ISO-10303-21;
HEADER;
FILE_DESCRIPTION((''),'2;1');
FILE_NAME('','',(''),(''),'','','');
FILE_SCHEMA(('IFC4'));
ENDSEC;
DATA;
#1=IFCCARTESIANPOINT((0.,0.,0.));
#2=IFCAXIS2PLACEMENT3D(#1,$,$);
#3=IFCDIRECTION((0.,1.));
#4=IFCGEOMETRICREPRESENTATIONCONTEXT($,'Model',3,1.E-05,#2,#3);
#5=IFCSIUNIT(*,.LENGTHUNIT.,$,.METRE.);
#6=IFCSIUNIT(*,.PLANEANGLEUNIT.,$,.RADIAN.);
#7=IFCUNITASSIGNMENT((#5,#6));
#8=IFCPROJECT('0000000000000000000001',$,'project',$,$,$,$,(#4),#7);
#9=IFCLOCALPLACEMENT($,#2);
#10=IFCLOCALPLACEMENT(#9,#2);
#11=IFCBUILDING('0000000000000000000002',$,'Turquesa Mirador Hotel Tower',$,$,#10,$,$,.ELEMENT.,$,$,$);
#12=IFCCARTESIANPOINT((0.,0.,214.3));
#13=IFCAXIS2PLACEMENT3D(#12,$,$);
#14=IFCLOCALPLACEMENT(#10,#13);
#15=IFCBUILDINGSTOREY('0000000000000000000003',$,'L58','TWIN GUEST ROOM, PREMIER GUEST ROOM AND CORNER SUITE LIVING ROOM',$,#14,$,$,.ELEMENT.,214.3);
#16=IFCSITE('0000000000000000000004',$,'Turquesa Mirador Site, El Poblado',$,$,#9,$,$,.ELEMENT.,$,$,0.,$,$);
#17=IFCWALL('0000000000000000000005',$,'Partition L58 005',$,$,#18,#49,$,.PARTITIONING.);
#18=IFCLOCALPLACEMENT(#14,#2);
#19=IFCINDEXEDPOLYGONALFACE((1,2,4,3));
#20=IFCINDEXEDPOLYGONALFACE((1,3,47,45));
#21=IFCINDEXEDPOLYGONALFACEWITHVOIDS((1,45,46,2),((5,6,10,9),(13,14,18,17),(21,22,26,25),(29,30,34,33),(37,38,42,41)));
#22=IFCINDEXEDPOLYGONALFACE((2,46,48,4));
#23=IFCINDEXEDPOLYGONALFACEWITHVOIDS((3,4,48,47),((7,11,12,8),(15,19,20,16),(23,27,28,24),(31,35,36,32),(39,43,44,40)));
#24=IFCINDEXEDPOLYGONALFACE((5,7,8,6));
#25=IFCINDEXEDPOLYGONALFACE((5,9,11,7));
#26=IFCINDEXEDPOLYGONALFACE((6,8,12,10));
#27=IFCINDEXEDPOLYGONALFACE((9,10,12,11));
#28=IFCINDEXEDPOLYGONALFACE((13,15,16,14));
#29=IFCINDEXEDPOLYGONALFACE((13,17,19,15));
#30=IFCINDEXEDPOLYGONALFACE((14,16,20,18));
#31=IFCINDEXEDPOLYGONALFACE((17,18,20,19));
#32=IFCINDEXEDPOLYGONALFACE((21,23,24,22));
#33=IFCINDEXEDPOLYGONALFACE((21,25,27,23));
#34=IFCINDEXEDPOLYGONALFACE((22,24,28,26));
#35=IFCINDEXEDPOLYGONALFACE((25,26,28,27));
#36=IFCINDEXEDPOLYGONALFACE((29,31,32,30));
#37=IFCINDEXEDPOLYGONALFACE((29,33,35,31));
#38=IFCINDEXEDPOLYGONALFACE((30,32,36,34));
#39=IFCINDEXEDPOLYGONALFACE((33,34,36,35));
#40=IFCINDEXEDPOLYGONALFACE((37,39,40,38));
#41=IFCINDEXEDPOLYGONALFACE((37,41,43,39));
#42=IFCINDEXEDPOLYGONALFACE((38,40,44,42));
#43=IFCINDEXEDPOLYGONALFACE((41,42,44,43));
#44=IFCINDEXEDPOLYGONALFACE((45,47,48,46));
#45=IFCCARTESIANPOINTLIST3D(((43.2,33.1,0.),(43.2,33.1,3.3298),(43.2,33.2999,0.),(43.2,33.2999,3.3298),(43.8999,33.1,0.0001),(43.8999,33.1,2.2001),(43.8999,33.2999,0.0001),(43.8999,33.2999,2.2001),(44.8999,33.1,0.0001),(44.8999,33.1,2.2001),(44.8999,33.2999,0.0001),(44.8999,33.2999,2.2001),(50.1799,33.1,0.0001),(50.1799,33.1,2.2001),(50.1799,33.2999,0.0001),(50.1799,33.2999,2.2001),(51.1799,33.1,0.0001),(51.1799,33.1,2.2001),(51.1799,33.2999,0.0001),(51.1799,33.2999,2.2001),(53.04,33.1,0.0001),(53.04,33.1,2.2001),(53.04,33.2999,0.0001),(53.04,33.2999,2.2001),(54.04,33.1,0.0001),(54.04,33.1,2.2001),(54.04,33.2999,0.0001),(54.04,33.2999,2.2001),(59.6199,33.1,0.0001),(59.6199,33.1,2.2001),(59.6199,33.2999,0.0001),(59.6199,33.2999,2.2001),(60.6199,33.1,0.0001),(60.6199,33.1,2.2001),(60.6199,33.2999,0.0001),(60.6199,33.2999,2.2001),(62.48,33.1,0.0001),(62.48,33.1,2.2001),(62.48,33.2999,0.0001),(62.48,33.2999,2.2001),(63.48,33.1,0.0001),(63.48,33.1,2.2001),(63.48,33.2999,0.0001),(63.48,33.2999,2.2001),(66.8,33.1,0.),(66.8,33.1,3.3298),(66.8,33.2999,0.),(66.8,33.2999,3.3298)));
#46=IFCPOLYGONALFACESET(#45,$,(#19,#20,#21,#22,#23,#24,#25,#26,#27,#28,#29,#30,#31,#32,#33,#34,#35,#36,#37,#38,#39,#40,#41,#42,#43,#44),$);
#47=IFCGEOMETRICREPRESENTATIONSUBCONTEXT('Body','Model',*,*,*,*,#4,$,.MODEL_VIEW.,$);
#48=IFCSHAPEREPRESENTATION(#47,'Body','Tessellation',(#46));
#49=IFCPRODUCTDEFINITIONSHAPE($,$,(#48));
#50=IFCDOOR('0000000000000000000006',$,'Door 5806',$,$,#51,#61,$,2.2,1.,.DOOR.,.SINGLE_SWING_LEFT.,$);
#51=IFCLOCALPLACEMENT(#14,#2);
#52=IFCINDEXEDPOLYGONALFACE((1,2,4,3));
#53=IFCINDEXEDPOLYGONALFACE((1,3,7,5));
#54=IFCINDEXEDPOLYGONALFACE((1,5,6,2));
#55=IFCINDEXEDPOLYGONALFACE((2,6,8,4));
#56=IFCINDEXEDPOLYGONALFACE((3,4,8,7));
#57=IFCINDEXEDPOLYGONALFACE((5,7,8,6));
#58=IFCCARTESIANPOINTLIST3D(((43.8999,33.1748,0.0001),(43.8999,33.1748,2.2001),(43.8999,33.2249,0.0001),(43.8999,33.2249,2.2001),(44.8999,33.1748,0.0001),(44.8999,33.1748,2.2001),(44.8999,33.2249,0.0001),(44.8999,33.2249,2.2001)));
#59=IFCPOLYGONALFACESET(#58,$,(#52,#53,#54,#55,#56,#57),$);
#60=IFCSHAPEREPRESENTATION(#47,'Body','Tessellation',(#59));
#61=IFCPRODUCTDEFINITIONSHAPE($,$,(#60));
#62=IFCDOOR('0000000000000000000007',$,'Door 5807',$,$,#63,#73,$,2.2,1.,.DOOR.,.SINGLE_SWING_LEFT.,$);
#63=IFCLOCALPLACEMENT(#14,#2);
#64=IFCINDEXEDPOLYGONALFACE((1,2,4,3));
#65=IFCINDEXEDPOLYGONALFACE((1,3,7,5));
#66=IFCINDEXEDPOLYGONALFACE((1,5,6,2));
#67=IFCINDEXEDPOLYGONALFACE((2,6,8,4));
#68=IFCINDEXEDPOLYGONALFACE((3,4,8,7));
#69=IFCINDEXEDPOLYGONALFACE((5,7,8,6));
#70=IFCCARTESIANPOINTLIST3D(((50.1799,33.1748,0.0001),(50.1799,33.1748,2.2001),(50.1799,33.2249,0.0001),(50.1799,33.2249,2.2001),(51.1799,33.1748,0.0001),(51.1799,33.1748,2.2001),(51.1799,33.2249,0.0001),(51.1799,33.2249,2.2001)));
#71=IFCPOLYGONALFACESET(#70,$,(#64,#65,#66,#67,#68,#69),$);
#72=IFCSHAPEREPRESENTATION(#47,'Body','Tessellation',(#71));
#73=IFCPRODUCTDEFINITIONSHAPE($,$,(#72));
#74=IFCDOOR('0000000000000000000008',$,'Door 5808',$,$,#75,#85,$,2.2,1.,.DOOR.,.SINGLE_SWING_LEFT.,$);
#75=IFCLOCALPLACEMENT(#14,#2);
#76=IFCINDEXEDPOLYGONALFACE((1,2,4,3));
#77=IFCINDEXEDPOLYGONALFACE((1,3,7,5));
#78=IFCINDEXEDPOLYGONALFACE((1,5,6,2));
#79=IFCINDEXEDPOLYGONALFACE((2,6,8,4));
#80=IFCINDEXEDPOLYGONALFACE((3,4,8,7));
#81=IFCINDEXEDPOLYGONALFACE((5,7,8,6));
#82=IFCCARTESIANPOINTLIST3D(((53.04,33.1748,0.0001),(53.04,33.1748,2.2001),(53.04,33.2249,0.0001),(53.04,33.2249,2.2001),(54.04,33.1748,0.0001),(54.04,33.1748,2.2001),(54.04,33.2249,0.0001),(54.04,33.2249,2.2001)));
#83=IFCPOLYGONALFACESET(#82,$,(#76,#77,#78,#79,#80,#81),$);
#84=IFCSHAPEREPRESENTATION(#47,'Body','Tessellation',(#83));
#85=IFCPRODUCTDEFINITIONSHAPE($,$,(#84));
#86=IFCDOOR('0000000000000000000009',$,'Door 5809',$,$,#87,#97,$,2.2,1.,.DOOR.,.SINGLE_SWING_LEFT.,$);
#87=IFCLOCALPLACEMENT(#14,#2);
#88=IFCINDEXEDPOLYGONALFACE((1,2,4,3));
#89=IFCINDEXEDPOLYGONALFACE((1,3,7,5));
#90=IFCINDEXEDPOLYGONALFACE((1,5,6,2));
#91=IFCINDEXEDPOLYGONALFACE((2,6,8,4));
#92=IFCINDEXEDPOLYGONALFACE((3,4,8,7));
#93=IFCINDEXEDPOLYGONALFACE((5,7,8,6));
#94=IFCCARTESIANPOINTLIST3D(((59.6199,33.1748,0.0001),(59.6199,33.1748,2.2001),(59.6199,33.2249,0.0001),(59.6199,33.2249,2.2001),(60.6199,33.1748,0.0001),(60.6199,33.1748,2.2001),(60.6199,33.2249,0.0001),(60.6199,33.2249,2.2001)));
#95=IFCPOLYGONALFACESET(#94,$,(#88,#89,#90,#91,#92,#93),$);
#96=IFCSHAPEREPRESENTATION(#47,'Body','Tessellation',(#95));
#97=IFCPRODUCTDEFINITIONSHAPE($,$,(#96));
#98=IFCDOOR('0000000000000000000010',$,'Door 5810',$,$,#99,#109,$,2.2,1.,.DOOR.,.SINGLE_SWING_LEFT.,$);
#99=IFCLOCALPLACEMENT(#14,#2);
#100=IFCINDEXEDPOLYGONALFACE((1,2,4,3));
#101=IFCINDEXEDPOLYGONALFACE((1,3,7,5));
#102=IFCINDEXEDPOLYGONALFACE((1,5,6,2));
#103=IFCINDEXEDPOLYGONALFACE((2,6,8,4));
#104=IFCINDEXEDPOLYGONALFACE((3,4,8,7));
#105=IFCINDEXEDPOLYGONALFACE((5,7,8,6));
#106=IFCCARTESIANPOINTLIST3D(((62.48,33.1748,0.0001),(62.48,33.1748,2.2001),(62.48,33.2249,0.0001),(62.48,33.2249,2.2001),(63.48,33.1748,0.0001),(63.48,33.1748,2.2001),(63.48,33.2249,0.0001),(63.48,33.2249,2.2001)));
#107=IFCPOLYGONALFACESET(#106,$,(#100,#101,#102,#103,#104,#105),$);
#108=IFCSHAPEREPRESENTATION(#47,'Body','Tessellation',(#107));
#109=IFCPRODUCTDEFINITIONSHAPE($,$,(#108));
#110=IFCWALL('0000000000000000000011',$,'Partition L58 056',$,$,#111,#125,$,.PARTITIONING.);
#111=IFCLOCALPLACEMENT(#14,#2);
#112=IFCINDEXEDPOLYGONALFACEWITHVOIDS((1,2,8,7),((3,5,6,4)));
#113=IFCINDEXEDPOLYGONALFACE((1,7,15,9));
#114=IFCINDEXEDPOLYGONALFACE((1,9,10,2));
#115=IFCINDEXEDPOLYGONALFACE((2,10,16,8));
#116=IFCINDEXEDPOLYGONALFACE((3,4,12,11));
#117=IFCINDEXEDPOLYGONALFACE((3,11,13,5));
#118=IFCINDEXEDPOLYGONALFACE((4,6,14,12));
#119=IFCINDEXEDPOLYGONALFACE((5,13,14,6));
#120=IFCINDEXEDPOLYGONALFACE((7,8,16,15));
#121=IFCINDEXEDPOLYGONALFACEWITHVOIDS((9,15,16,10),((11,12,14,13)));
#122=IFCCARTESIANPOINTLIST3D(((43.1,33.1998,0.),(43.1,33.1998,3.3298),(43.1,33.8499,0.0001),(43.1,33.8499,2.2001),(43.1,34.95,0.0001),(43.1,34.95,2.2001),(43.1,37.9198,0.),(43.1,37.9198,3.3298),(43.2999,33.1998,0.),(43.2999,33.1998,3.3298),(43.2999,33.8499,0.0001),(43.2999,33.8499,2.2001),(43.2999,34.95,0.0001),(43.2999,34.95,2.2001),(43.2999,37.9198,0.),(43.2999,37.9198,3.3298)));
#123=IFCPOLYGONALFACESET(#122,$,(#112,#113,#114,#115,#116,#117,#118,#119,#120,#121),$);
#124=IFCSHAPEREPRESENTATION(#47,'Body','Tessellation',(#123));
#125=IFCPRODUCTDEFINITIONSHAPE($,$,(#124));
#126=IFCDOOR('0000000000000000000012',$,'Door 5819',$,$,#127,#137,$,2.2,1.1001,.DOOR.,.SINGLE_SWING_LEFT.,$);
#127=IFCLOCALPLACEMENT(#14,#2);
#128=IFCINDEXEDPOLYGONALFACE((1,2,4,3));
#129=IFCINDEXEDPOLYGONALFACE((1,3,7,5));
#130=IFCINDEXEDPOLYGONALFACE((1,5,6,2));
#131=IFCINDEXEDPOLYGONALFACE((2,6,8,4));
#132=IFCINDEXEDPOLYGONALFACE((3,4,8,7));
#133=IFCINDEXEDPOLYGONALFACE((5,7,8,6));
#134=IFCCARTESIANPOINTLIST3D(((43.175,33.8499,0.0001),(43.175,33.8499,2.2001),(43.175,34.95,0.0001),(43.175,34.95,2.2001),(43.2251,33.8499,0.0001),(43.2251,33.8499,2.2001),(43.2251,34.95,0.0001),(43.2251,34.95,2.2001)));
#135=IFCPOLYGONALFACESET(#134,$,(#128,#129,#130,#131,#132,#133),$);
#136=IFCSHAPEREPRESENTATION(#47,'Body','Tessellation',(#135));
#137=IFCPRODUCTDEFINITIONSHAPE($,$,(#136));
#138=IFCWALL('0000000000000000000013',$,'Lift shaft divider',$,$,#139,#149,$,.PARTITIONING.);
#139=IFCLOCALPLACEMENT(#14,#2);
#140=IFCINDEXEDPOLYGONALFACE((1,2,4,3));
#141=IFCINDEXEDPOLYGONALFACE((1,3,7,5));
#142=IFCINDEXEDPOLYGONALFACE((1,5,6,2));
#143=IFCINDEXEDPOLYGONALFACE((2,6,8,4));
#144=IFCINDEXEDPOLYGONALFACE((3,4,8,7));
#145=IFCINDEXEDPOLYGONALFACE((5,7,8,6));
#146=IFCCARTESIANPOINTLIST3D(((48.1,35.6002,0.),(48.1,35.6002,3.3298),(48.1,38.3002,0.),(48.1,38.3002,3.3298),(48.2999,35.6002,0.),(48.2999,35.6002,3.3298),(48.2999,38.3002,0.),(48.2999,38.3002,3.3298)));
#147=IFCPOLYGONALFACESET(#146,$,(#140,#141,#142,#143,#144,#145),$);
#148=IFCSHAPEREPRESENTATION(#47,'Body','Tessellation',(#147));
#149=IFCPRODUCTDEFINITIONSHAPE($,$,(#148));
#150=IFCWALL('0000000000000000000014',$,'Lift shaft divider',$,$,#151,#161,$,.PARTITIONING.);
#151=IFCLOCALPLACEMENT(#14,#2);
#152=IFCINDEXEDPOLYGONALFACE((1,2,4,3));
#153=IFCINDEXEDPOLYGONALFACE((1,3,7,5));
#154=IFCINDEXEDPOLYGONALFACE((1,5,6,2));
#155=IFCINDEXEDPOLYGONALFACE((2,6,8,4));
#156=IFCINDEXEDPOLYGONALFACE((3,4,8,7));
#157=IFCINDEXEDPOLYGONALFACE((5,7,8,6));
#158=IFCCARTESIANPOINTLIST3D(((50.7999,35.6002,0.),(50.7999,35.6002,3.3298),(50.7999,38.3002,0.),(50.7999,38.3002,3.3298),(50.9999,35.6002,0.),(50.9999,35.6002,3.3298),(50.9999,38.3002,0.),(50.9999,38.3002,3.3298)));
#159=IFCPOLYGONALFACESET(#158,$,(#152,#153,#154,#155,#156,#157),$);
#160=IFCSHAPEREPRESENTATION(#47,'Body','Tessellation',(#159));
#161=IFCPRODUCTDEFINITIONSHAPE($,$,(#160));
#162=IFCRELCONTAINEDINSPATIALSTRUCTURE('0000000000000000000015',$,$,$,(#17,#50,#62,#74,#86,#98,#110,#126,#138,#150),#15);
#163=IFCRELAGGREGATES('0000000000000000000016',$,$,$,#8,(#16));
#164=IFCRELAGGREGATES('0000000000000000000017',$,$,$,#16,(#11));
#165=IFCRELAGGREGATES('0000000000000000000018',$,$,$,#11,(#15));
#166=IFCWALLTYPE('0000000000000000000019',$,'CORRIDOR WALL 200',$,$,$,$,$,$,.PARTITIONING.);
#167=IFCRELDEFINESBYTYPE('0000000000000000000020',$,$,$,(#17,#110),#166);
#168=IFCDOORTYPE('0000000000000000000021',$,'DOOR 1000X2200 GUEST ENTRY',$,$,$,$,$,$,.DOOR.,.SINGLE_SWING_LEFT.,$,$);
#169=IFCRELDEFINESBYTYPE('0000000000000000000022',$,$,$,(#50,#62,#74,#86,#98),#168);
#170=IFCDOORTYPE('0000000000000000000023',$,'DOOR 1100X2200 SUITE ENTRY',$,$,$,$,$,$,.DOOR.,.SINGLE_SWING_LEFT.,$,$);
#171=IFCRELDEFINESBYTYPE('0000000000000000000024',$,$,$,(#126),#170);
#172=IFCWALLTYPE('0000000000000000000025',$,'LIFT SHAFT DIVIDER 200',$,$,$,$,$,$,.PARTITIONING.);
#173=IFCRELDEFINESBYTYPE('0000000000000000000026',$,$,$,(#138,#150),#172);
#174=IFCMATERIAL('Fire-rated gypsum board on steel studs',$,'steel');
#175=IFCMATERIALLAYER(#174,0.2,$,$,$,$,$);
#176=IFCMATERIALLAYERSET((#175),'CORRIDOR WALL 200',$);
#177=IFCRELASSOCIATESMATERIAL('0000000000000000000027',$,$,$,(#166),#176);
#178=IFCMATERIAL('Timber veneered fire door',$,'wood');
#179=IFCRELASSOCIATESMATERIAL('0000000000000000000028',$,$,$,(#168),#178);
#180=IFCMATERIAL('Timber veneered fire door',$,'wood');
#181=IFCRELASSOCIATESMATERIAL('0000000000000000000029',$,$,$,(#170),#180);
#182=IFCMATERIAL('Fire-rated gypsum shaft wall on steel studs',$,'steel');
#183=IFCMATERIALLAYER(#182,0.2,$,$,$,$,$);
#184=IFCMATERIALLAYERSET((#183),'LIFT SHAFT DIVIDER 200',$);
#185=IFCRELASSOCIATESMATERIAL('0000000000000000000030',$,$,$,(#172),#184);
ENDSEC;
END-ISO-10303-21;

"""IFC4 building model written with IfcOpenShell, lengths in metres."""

from ifc_helpers import new_model, si_unit, direction, frame, frame_2d, origin, place, context, subcontext, project, spatial, rectangle, extrude, material, layer, layer_set, type_object, element, fill, save


model = new_model("IFC4")

# Units and contexts
model_context = context("Model", 3, precision=1e-05, world=origin(), true_north=direction((0.0, 1.0)))
body_context = subcontext(model_context, "Body", "Model", "MODEL_VIEW")
ifc_project = project(units=[si_unit("LENGTHUNIT", "METRE"), si_unit("PLANEANGLEUNIT", "RADIAN")], contexts=[model_context])

# Site, building, storey
site_placement = place(None, origin())
site = spatial("IfcSite", under=ifc_project, at=site_placement, Name="Turquesa Mirador Site, El Poblado", CompositionType="ELEMENT", RefElevation=0.0)
building_placement = place(site_placement, origin())
building = spatial("IfcBuilding", under=site, at=building_placement, Name="Turquesa Mirador Hotel Tower", CompositionType="ELEMENT")
storey_placement = place(building_placement, frame((0.0, 0.0, 214.3)))
storey = spatial("IfcBuildingStorey", under=building, at=storey_placement, Name="L58", Description="TWIN GUEST ROOM, PREMIER GUEST ROOM AND CORNER SUITE LIVING ROOM", CompositionType="ELEMENT", Elevation=214.3)

# Wall, openings, doors
ifc_material_1 = material(Name="Fire-rated gypsum board on steel studs", Category="steel")
ifc_layer_1 = layer(ifc_material_1, 0.2)
ifc_layer_set_1 = layer_set([ifc_layer_1], Name="CORRIDOR WALL 200")
wall_type_1 = type_object("IfcWallType", Name="CORRIDOR WALL 200", PredefinedType="PARTITIONING", material=ifc_layer_set_1)
wall_1_placement = place(storey_placement, frame((43.2, 33.2, 0.0), z_axis=(0.0, 0.0, 1.0), x_axis=(1.0, 0.0, 0.0)))
wall_1 = element("IfcWall", 1, at=wall_1_placement, inside=storey, type_object=wall_type_1, Name="Partition L58 005", PredefinedType="PARTITIONING", context=body_context, shape_type="SweptSolid", body=[
    extrude(rectangle(XDim=23.6001, YDim=0.2, at=frame_2d((11.8, 0.0))), origin(), (0.0, 0.0, 1.0), 3.3298),
])
opening_1_placement = place(wall_1_placement, frame((0.7, 0.0, 0.0)))
opening_1 = element("IfcOpeningElement", 2, at=opening_1_placement, cuts=wall_1, PredefinedType="OPENING", context=body_context, shape_type="SweptSolid", body=[
    extrude(rectangle(XDim=1.0, YDim=2.2, at=frame_2d((0.5, 1.1001))), frame((0.0, 0.1099, 0.0), z_axis=(0.0, -1.0, 0.0), x_axis=(1.0, 0.0, 0.0)), (0.0, 0.0, 1.0), 0.22),
])
opening_2_placement = place(wall_1_placement, frame((6.98, 0.0, 0.0)))
opening_2 = element("IfcOpeningElement", 3, at=opening_2_placement, cuts=wall_1, PredefinedType="OPENING", context=body_context, shape_type="SweptSolid", body=[
    extrude(rectangle(XDim=1.0, YDim=2.2, at=frame_2d((0.5, 1.1001))), frame((0.0, 0.1099, 0.0), z_axis=(0.0, -1.0, 0.0), x_axis=(1.0, 0.0, 0.0)), (0.0, 0.0, 1.0), 0.22),
])
opening_3_placement = place(wall_1_placement, frame((9.8401, 0.0, 0.0)))
opening_3 = element("IfcOpeningElement", 4, at=opening_3_placement, cuts=wall_1, PredefinedType="OPENING", context=body_context, shape_type="SweptSolid", body=[
    extrude(rectangle(XDim=1.0, YDim=2.2, at=frame_2d((0.5, 1.1001))), frame((0.0, 0.1099, 0.0), z_axis=(0.0, -1.0, 0.0), x_axis=(1.0, 0.0, 0.0)), (0.0, 0.0, 1.0), 0.22),
])
opening_4_placement = place(wall_1_placement, frame((16.4199, 0.0, 0.0)))
opening_4 = element("IfcOpeningElement", 5, at=opening_4_placement, cuts=wall_1, PredefinedType="OPENING", context=body_context, shape_type="SweptSolid", body=[
    extrude(rectangle(XDim=1.0, YDim=2.2, at=frame_2d((0.5, 1.1001))), frame((0.0, 0.1099, 0.0), z_axis=(0.0, -1.0, 0.0), x_axis=(1.0, 0.0, 0.0)), (0.0, 0.0, 1.0), 0.22),
])
opening_5_placement = place(wall_1_placement, frame((19.28, 0.0, 0.0)))
opening_5 = element("IfcOpeningElement", 6, at=opening_5_placement, cuts=wall_1, PredefinedType="OPENING", context=body_context, shape_type="SweptSolid", body=[
    extrude(rectangle(XDim=1.0, YDim=2.2, at=frame_2d((0.5, 1.1001))), frame((0.0, 0.1099, 0.0), z_axis=(0.0, -1.0, 0.0), x_axis=(1.0, 0.0, 0.0)), (0.0, 0.0, 1.0), 0.22),
])
ifc_material_2 = material(Name="Timber veneered fire door", Category="wood")
door_type_1 = type_object("IfcDoorType", Name="DOOR 1000X2200 GUEST ENTRY", OperationType="SINGLE_SWING_LEFT", PredefinedType="DOOR", material=ifc_material_2)
door_1_placement = place(opening_1_placement, origin())
door_1 = element("IfcDoor", 7, at=door_1_placement, inside=storey, type_object=door_type_1, Name="Door 5806", OperationType="SINGLE_SWING_LEFT", OverallHeight=2.2, OverallWidth=1.0, PredefinedType="DOOR", context=body_context, shape_type="SweptSolid", body=[
    extrude(rectangle(XDim=1.0, YDim=2.2, at=frame_2d((0.5, 1.1001))), frame((0.0, 0.0249, 0.0), z_axis=(0.0, -1.0, 0.0), x_axis=(1.0, 0.0, 0.0)), (0.0, 0.0, 1.0), 0.05),
])
fill(opening_1, door_1)
door_2_placement = place(opening_2_placement, origin())
door_2 = element("IfcDoor", 8, at=door_2_placement, inside=storey, type_object=door_type_1, Name="Door 5807", OperationType="SINGLE_SWING_LEFT", OverallHeight=2.2, OverallWidth=1.0, PredefinedType="DOOR", context=body_context, shape_type="SweptSolid", body=[
    extrude(rectangle(XDim=1.0, YDim=2.2, at=frame_2d((0.5, 1.1001))), frame((0.0, 0.0249, 0.0), z_axis=(0.0, -1.0, 0.0), x_axis=(1.0, 0.0, 0.0)), (0.0, 0.0, 1.0), 0.05),
])
fill(opening_2, door_2)
door_3_placement = place(opening_3_placement, origin())
door_3 = element("IfcDoor", 9, at=door_3_placement, inside=storey, type_object=door_type_1, Name="Door 5808", OperationType="SINGLE_SWING_LEFT", OverallHeight=2.2, OverallWidth=1.0, PredefinedType="DOOR", context=body_context, shape_type="SweptSolid", body=[
    extrude(rectangle(XDim=1.0, YDim=2.2, at=frame_2d((0.5, 1.1001))), frame((0.0, 0.0249, 0.0), z_axis=(0.0, -1.0, 0.0), x_axis=(1.0, 0.0, 0.0)), (0.0, 0.0, 1.0), 0.05),
])
fill(opening_3, door_3)
door_4_placement = place(opening_4_placement, origin())
door_4 = element("IfcDoor", 10, at=door_4_placement, inside=storey, type_object=door_type_1, Name="Door 5809", OperationType="SINGLE_SWING_LEFT", OverallHeight=2.2, OverallWidth=1.0, PredefinedType="DOOR", context=body_context, shape_type="SweptSolid", body=[
    extrude(rectangle(XDim=1.0, YDim=2.2, at=frame_2d((0.5, 1.1001))), frame((0.0, 0.0249, 0.0), z_axis=(0.0, -1.0, 0.0), x_axis=(1.0, 0.0, 0.0)), (0.0, 0.0, 1.0), 0.05),
])
fill(opening_4, door_4)
door_5_placement = place(opening_5_placement, origin())
door_5 = element("IfcDoor", 11, at=door_5_placement, inside=storey, type_object=door_type_1, Name="Door 5810", OperationType="SINGLE_SWING_LEFT", OverallHeight=2.2, OverallWidth=1.0, PredefinedType="DOOR", context=body_context, shape_type="SweptSolid", body=[
    extrude(rectangle(XDim=1.0, YDim=2.2, at=frame_2d((0.5, 1.1001))), frame((0.0, 0.0249, 0.0), z_axis=(0.0, -1.0, 0.0), x_axis=(1.0, 0.0, 0.0)), (0.0, 0.0, 1.0), 0.05),
])
fill(opening_5, door_5)

# Wall, opening, door
wall_2_placement = place(storey_placement, frame((43.2, 33.2, 0.0), z_axis=(0.0, 0.0, 1.0), x_axis=(0.0, 1.0, 0.0)))
wall_2 = element("IfcWall", 12, at=wall_2_placement, inside=storey, type_object=wall_type_1, Name="Partition L58 056", PredefinedType="PARTITIONING", context=body_context, shape_type="SweptSolid", body=[
    extrude(rectangle(XDim=4.72, YDim=0.2, at=frame_2d((2.3599, 0.0))), origin(), (0.0, 0.0, 1.0), 3.3298),
])
opening_6_placement = place(wall_2_placement, frame((0.6499, 0.0, 0.0)))
opening_6 = element("IfcOpeningElement", 13, at=opening_6_placement, cuts=wall_2, PredefinedType="OPENING", context=body_context, shape_type="SweptSolid", body=[
    extrude(rectangle(XDim=1.1001, YDim=2.2, at=frame_2d((0.55, 1.1001))), frame((0.0, 0.1099, 0.0), z_axis=(0.0, -1.0, 0.0), x_axis=(1.0, 0.0, 0.0)), (0.0, 0.0, 1.0), 0.22),
])
ifc_material_3 = material(Name="Timber veneered fire door", Category="wood")
door_type_2 = type_object("IfcDoorType", Name="DOOR 1100X2200 SUITE ENTRY", OperationType="SINGLE_SWING_LEFT", PredefinedType="DOOR", material=ifc_material_3)
door_6_placement = place(opening_6_placement, origin())
door_6 = element("IfcDoor", 14, at=door_6_placement, inside=storey, type_object=door_type_2, Name="Door 5819", OperationType="SINGLE_SWING_LEFT", OverallHeight=2.2, OverallWidth=1.1001, PredefinedType="DOOR", context=body_context, shape_type="SweptSolid", body=[
    extrude(rectangle(XDim=1.1001, YDim=2.2, at=frame_2d((0.55, 1.1001))), frame((0.0, 0.0249, 0.0), z_axis=(0.0, -1.0, 0.0), x_axis=(1.0, 0.0, 0.0)), (0.0, 0.0, 1.0), 0.05),
])
fill(opening_6, door_6)

# Walls
ifc_material_4 = material(Name="Fire-rated gypsum shaft wall on steel studs", Category="steel")
ifc_layer_2 = layer(ifc_material_4, 0.2)
ifc_layer_set_2 = layer_set([ifc_layer_2], Name="LIFT SHAFT DIVIDER 200")
wall_type_2 = type_object("IfcWallType", Name="LIFT SHAFT DIVIDER 200", PredefinedType="PARTITIONING", material=ifc_layer_set_2)
for number, where, z_axis, x_axis, name in (
    (15, (48.2, 35.6001, 0.0), (0.0, 0.0, 1.0), (0.0, 1.0, 0.0), "Lift shaft divider"),
    (16, (50.8999, 35.6001, 0.0), (0.0, 0.0, 1.0), (0.0, 1.0, 0.0), "Lift shaft divider"),
):
    element("IfcWall", number, at=place(storey_placement, frame(where, z_axis=z_axis, x_axis=x_axis)), inside=storey, type_object=wall_type_2, Name=name, PredefinedType="PARTITIONING", context=body_context, shape_type="SweptSolid", body=[
        extrude(rectangle(XDim=2.7, YDim=0.2, at=frame_2d((1.3501, 0.0))), origin(), (0.0, 0.0, 1.0), 3.3298),
    ])

save(model, "model.ifc")
